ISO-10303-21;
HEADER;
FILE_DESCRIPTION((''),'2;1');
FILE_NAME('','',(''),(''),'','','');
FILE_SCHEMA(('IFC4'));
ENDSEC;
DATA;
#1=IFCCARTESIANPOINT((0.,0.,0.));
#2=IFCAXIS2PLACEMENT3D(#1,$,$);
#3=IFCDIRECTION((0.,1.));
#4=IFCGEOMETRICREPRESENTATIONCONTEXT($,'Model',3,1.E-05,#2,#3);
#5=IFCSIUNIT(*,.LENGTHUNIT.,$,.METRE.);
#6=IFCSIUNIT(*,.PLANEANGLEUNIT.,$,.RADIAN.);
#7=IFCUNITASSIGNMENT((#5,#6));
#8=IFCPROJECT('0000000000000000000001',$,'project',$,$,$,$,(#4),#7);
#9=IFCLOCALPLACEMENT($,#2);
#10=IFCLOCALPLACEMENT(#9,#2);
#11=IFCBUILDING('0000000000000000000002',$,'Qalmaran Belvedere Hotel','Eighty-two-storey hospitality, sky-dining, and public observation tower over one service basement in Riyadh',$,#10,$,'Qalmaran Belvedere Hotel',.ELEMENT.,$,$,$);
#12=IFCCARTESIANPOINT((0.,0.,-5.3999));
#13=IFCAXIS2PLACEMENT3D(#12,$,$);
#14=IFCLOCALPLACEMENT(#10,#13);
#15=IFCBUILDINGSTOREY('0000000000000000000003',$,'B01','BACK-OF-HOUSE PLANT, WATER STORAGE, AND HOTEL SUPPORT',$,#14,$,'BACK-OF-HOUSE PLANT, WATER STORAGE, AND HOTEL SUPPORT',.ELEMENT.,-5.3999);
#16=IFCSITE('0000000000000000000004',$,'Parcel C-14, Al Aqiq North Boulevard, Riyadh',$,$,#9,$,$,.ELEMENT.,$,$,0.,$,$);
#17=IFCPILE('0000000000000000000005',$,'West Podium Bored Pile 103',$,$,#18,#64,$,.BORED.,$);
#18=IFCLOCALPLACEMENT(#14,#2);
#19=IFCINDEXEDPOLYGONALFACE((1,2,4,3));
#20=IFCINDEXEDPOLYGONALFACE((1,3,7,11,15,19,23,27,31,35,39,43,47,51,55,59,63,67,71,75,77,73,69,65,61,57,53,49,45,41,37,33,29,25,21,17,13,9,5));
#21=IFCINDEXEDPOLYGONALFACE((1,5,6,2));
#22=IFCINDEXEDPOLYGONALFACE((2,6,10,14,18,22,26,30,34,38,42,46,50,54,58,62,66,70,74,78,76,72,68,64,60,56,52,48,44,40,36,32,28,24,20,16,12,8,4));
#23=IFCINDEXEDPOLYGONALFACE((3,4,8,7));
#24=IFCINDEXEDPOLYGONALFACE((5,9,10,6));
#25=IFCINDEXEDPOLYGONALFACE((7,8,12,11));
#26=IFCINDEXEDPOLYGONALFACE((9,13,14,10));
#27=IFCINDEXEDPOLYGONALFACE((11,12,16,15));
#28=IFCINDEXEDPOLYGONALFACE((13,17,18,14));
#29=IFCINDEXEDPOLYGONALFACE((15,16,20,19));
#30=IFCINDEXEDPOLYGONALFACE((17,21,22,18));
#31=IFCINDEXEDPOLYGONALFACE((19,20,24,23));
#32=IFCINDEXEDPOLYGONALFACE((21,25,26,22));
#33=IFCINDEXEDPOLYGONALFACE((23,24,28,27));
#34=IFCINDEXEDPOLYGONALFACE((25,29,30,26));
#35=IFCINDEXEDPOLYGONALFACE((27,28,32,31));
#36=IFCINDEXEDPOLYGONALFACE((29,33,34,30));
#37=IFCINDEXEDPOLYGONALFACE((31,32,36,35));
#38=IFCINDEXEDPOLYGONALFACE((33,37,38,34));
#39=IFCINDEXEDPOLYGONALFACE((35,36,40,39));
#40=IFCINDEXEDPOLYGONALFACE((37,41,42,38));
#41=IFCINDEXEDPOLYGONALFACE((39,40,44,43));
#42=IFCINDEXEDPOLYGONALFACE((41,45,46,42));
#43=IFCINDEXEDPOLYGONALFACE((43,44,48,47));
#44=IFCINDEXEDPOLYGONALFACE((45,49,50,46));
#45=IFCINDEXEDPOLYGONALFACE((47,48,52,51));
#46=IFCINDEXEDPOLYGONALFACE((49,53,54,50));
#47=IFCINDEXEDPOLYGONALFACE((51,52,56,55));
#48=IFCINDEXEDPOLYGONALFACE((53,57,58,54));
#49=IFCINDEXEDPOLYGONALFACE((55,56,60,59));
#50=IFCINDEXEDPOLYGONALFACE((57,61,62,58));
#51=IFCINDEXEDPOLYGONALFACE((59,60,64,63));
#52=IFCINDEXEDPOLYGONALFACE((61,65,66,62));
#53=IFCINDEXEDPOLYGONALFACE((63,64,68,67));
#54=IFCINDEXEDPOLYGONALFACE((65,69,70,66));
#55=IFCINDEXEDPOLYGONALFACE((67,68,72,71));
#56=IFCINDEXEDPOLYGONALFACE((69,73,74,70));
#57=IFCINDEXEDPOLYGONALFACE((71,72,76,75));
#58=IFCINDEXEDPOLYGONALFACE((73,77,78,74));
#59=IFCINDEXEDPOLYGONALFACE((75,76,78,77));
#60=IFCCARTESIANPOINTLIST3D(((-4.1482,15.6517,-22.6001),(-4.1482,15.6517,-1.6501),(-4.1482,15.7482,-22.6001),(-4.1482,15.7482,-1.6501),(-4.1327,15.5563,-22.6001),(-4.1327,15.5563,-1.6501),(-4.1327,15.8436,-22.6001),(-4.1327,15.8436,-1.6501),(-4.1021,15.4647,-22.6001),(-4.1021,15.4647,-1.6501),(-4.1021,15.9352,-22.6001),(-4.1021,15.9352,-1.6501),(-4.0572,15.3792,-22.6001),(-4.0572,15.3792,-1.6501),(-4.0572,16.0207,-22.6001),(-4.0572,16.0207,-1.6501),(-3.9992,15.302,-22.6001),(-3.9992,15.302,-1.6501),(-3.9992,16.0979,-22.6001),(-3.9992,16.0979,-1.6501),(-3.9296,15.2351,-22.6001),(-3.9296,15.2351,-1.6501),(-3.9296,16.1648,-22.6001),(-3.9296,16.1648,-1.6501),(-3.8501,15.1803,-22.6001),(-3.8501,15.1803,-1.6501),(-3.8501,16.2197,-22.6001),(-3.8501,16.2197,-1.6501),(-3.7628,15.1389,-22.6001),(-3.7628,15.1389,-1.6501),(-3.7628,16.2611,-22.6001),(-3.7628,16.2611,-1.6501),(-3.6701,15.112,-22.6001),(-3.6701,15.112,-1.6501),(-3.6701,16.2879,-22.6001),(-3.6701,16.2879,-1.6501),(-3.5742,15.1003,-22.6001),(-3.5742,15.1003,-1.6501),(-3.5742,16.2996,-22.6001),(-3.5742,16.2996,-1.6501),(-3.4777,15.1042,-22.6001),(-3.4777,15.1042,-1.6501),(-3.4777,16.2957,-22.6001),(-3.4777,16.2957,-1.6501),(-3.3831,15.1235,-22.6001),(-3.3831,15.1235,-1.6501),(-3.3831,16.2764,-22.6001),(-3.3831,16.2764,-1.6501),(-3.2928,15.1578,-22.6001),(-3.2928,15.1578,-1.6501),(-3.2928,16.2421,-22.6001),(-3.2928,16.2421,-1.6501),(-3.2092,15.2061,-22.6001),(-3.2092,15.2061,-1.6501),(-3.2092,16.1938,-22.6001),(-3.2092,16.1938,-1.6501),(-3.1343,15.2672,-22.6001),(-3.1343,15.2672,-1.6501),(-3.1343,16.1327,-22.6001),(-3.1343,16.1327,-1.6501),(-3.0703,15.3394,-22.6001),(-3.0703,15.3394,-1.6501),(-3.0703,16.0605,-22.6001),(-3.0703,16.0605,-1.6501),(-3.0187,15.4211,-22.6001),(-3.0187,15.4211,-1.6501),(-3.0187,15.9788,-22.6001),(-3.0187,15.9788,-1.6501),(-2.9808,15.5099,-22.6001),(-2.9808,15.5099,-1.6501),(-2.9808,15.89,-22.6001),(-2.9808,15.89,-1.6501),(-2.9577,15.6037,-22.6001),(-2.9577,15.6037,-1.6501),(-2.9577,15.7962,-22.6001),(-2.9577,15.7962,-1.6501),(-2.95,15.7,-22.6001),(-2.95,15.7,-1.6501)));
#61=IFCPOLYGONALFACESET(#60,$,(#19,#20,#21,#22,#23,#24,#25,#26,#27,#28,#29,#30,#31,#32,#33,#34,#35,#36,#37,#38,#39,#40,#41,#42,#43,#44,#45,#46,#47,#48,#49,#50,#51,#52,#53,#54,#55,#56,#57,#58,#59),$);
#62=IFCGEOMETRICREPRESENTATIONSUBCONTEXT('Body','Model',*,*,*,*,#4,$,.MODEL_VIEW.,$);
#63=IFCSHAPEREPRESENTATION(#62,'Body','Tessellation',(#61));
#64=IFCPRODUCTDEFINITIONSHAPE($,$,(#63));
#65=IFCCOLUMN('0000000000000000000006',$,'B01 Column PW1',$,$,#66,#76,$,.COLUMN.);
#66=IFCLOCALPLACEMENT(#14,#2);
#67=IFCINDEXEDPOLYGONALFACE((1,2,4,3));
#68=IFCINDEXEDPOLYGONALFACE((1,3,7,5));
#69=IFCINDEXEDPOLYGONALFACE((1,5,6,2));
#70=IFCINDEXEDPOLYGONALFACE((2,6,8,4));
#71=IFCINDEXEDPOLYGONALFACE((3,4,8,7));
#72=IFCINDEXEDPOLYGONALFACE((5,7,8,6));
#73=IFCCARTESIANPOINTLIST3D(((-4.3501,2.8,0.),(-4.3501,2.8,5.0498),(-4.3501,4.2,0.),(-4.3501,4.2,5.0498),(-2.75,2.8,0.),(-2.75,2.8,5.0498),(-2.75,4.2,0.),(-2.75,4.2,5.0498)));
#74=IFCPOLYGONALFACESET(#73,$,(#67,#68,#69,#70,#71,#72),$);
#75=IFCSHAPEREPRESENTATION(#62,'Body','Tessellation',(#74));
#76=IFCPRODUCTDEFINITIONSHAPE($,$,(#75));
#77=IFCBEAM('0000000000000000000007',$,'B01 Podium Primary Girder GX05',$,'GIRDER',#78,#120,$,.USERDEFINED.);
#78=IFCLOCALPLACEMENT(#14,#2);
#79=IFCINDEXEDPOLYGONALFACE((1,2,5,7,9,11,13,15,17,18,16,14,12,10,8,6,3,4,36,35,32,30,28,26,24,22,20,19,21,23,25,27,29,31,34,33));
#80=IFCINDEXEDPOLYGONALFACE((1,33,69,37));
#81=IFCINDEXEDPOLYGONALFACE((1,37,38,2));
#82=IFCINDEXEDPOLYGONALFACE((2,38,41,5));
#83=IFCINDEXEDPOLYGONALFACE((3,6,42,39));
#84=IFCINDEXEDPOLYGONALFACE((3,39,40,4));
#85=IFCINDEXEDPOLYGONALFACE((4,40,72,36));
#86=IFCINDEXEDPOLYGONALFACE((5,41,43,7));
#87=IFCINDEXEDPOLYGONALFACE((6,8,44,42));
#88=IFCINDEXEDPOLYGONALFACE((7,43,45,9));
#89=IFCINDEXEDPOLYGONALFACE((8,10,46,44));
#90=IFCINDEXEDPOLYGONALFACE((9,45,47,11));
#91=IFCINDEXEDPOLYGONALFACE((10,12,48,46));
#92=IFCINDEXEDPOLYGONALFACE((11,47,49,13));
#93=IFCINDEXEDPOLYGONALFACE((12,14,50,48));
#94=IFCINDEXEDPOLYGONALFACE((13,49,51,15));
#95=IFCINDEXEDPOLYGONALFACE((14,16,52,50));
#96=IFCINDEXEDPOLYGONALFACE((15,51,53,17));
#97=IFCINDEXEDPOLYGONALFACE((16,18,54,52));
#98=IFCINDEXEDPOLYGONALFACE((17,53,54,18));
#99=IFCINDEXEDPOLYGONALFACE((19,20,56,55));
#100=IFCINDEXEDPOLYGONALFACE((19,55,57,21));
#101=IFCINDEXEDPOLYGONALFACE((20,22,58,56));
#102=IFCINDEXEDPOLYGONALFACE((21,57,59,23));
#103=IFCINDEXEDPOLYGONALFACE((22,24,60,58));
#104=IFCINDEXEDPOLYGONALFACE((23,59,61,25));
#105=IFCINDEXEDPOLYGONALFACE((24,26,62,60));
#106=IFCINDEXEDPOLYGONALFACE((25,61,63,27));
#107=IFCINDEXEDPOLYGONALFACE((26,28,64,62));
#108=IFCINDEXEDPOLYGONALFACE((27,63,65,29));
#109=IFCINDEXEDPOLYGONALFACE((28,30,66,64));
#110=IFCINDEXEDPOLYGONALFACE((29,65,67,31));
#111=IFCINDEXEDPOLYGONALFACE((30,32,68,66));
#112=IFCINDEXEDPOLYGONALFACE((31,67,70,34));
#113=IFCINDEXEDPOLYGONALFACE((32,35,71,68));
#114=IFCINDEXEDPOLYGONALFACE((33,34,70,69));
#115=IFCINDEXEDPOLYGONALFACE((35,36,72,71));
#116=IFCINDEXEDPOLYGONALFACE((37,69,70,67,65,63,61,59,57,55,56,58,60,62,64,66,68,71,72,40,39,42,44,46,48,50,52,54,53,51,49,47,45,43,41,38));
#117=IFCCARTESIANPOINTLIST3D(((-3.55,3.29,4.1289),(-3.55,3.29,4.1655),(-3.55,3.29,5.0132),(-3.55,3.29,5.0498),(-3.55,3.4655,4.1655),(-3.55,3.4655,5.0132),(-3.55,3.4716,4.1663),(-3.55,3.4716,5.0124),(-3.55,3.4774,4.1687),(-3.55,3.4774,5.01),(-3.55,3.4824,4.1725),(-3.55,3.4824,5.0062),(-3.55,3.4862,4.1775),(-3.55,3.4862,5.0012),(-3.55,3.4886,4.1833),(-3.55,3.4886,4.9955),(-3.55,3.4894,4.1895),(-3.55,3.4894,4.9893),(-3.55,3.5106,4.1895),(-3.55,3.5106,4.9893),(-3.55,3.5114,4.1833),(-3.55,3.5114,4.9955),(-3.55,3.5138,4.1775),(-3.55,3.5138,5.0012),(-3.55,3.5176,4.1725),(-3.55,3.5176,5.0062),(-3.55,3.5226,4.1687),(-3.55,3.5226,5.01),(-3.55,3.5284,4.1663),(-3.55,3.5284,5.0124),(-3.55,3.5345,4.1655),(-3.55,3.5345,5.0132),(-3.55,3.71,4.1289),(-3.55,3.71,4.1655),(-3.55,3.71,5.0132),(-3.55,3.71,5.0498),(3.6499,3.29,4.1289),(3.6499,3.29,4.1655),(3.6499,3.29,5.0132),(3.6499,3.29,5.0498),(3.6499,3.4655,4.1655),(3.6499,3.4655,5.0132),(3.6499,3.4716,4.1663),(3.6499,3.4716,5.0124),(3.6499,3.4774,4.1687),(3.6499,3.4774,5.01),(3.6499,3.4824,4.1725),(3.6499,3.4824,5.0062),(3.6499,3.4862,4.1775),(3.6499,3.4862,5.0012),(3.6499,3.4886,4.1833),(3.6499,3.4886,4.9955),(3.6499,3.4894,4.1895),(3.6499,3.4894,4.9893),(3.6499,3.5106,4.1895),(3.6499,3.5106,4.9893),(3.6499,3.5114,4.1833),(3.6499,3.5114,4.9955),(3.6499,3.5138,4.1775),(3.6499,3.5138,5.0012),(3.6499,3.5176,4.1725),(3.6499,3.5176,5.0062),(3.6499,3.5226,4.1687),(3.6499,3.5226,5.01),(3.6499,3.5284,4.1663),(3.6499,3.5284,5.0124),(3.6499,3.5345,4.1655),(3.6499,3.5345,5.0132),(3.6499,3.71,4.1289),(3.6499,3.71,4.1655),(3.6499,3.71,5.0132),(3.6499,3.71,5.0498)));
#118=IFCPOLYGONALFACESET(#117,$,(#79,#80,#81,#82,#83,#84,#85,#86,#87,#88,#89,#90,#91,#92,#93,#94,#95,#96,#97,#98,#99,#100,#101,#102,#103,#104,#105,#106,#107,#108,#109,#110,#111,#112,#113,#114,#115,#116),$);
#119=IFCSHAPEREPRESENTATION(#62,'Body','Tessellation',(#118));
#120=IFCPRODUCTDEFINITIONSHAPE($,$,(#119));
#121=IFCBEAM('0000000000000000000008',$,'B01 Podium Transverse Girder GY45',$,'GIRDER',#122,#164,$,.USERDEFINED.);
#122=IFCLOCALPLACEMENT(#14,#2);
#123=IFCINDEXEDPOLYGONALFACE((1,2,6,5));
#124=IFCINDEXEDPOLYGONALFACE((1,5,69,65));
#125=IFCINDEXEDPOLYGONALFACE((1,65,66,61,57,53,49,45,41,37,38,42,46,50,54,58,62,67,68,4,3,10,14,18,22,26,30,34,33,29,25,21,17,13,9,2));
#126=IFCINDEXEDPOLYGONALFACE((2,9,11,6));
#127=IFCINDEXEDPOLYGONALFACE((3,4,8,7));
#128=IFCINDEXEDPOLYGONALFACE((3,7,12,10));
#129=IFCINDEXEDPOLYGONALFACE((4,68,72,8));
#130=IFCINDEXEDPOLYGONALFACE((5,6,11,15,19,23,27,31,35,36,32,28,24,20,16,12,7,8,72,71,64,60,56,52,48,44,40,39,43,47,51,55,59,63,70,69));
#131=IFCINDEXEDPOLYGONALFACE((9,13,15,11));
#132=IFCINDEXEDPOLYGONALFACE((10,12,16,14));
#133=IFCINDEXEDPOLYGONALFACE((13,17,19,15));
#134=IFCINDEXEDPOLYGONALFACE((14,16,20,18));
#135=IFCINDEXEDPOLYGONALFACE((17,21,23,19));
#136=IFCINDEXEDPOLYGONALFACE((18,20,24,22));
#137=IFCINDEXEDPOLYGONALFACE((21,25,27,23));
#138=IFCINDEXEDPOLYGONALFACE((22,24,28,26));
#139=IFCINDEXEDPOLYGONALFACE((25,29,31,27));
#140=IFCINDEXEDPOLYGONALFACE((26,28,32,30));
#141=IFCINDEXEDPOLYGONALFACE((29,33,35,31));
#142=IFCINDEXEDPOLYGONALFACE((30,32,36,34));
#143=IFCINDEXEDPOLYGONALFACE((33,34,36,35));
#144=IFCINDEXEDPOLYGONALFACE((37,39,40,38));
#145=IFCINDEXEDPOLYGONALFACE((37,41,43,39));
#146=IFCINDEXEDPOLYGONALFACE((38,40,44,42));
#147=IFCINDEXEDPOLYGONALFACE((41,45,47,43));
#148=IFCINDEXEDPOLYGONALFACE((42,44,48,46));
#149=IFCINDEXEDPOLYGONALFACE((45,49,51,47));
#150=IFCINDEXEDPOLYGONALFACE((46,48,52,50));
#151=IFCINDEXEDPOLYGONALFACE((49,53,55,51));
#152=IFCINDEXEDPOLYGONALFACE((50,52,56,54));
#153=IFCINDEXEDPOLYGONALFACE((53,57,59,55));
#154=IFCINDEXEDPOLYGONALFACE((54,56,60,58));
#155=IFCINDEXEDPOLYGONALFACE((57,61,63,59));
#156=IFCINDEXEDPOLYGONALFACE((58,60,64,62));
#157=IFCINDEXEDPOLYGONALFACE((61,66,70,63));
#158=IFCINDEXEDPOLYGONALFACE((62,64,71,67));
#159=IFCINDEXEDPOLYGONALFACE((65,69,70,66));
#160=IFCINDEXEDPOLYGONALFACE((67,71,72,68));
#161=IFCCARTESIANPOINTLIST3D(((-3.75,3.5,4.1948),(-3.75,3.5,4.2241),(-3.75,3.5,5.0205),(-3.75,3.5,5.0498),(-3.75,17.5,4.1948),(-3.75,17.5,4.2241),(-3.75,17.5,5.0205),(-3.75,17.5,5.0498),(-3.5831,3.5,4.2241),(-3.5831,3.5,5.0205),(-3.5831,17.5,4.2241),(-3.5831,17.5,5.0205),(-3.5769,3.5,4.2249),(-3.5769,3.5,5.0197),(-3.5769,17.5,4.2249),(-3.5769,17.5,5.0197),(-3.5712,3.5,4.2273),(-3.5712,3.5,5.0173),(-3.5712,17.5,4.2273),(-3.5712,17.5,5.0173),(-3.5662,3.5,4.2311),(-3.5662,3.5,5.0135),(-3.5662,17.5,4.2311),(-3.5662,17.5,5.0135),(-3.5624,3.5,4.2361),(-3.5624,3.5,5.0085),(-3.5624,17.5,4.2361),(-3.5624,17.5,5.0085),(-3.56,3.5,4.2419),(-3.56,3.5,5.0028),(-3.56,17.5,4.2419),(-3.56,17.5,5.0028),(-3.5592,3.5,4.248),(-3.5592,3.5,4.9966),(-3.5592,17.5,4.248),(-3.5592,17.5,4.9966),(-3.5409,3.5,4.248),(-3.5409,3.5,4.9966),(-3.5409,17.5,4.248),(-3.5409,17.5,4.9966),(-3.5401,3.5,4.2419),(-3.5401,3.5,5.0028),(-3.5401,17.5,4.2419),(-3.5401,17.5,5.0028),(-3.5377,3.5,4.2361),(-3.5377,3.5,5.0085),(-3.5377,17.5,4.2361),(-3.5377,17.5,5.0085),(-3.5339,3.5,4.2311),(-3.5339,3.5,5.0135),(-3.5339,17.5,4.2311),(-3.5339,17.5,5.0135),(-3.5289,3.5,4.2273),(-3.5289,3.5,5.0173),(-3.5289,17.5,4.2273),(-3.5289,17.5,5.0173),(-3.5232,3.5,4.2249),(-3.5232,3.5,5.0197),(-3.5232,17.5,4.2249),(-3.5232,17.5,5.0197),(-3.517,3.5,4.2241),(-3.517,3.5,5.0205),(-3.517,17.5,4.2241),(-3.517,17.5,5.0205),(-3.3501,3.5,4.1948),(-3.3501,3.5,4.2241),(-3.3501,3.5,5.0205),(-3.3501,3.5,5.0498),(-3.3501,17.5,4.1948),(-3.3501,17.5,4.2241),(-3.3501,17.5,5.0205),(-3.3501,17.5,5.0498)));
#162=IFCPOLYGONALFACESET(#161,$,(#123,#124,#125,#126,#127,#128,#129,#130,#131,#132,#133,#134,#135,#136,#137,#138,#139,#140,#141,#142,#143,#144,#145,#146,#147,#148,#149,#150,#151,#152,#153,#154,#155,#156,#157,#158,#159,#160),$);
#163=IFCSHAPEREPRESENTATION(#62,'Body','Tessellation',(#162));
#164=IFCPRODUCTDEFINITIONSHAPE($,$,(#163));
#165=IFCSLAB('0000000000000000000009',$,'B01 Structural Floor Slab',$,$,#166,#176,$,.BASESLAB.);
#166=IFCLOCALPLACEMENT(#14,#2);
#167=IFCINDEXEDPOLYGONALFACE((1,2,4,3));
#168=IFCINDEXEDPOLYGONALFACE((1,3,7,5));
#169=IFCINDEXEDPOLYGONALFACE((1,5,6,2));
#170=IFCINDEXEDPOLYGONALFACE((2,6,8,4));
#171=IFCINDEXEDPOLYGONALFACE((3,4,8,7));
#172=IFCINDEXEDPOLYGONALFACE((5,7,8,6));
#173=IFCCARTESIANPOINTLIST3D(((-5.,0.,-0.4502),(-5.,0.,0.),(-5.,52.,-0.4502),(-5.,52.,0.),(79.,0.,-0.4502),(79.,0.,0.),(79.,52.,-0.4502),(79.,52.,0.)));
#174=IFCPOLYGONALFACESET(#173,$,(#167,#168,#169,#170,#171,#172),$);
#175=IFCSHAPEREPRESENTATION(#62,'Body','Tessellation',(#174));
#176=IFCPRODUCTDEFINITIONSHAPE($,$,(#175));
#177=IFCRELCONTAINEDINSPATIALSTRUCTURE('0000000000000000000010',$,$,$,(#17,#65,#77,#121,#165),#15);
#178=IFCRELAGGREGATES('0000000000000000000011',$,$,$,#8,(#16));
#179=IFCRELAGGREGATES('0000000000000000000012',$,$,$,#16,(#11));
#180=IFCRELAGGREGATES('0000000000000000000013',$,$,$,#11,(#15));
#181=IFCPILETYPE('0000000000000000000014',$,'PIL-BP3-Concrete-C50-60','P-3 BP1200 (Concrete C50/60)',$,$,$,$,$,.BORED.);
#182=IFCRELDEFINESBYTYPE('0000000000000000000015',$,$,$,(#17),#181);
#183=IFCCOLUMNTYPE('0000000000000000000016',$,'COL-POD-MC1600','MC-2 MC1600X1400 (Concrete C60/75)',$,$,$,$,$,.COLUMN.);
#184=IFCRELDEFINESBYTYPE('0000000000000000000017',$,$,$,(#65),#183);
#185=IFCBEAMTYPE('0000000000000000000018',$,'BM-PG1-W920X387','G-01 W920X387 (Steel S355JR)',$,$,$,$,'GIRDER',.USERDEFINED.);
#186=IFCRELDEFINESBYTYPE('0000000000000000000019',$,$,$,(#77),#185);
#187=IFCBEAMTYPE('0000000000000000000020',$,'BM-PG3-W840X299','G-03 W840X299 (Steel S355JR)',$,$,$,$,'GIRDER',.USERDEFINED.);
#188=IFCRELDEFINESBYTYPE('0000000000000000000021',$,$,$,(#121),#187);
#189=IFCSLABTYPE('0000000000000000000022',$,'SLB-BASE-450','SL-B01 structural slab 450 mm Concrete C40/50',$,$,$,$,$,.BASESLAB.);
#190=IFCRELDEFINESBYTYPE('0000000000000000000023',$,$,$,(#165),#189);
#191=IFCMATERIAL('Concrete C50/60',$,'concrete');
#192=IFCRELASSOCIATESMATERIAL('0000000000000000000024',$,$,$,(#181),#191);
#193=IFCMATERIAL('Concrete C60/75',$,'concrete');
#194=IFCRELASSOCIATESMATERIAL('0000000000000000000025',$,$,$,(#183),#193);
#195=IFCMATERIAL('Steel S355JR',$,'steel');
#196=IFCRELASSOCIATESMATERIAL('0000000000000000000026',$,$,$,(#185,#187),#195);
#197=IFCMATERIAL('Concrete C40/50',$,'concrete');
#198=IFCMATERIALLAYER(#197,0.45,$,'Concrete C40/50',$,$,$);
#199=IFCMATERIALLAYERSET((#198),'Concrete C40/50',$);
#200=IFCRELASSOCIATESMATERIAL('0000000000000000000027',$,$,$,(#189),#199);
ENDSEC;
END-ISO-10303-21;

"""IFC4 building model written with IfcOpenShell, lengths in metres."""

from ifc_helpers import new_model, si_unit, direction, frame, origin, origin_2d, place, context, subcontext, project, spatial, polyline, rectangle, circle, i_section, outline, extrude, material, layer, layer_set, material_profile, profile_set, type_object, element, save


model = new_model("IFC4")

# Units and contexts
model_context = context("Model", 3, precision=1e-05, world=origin(), true_north=direction((0.0, 1.0)))
body_context = subcontext(model_context, "Body", "Model", "MODEL_VIEW")
ifc_project = project(units=[si_unit("LENGTHUNIT", "METRE"), si_unit("PLANEANGLEUNIT", "RADIAN")], contexts=[model_context])

# Site, building, storey
site_placement = place(None, origin())
site = spatial("IfcSite", under=ifc_project, at=site_placement, Name="Parcel C-14, Al Aqiq North Boulevard, Riyadh", CompositionType="ELEMENT", RefElevation=0.0)
building_placement = place(site_placement, origin())
building = spatial("IfcBuilding", under=site, at=building_placement, Name="Qalmaran Belvedere Hotel", Description="Eighty-two-storey hospitality, sky-dining, and public observation tower over one service basement in Riyadh", LongName="Qalmaran Belvedere Hotel", CompositionType="ELEMENT")
storey_placement = place(building_placement, frame((0.0, 0.0, -5.3999)))
storey = spatial("IfcBuildingStorey", under=building, at=storey_placement, Name="B01", Description="BACK-OF-HOUSE PLANT, WATER STORAGE, AND HOTEL SUPPORT", LongName="BACK-OF-HOUSE PLANT, WATER STORAGE, AND HOTEL SUPPORT", CompositionType="ELEMENT", Elevation=-5.3999)

# Shared definitions
ifc_material_1 = material(Name="Concrete C50/60", Category="concrete")

# Pile
ifc_material_profile_1 = material_profile(ifc_material_1, circle(Radius=0.6001, at=origin_2d()), Name="BP1200")
ifc_profile_set_1 = profile_set([ifc_material_profile_1], Name="Concrete C50/60")
pile_type = type_object("IfcPileType", Name="PIL-BP3-Concrete-C50-60", Description="P-3 BP1200 (Concrete C50/60)", PredefinedType="BORED", material=ifc_profile_set_1)
for number, where, z_axis, x_axis, name in (
    (1, (-3.55, 15.7, -1.6501), (0.0, 0.0, -1.0), (1.0, 0.0, 0.0), "West Podium Bored Pile 103"),
):
    element("IfcPile", number, at=place(storey_placement, frame(where, z_axis=z_axis, x_axis=x_axis)), inside=storey, type_object=pile_type, Name=name, PredefinedType="BORED", context=body_context, shape_type="SweptSolid", body=[
        extrude(circle(Radius=0.6001, at=origin_2d()), origin(), (0.0, 0.0, 1.0), 20.95),
    ])

# Column
ifc_material_2 = material(Name="Concrete C60/75", Category="concrete")
ifc_material_profile_2 = material_profile(ifc_material_2, rectangle(XDim=1.6001, YDim=1.3999, at=origin_2d()), Name="MC1600X1400")
ifc_profile_set_2 = profile_set([ifc_material_profile_2], Name="Concrete C60/75")
column_type = type_object("IfcColumnType", Name="COL-POD-MC1600", Description="MC-2 MC1600X1400 (Concrete C60/75)", PredefinedType="COLUMN", material=ifc_profile_set_2)
column_placement = place(storey_placement, frame((-3.55, 3.5, 0.0), z_axis=(0.0, 0.0, 1.0), x_axis=(1.0, 0.0, 0.0)))
element("IfcColumn", 2, at=column_placement, inside=storey, type_object=column_type, Name="B01 Column PW1", PredefinedType="COLUMN", context=body_context, shape_type="SweptSolid", body=[
    extrude(rectangle(XDim=1.6001, YDim=1.3999, at=origin_2d()), origin(), (0.0, 0.0, 1.0), 5.0498),
])

# Beams
ifc_material_3 = material(Name="Steel S355JR", Category="steel")
ifc_material_profile_3 = material_profile(ifc_material_3, i_section(OverallWidth=0.4199, OverallDepth=0.9209, WebThickness=0.0212, FlangeThickness=0.0366, FilletRadius=0.0239, at=origin_2d()), Name="W920X387")
ifc_profile_set_3 = profile_set([ifc_material_profile_3], Name="Steel S355JR")
beam_type_1 = type_object("IfcBeamType", Name="BM-PG1-W920X387", Description="G-01 W920X387 (Steel S355JR)", ElementType="GIRDER", PredefinedType="USERDEFINED", material=ifc_profile_set_3)
beam_1_placement = place(storey_placement, frame((-3.55, 3.5, 4.5894), z_axis=(1.0, 0.0, 0.0), x_axis=(0.0, 1.0, 0.0)))
element("IfcBeam", 3, at=beam_1_placement, inside=storey, type_object=beam_type_1, Name="B01 Podium Primary Girder GX05", ObjectType="GIRDER", PredefinedType="USERDEFINED", context=body_context, shape_type="SweptSolid", body=[
    extrude(i_section(OverallWidth=0.4199, OverallDepth=0.9209, WebThickness=0.0212, FlangeThickness=0.0366, FilletRadius=0.0239, at=origin_2d()), origin(), (0.0, 0.0, 1.0), 7.2),
])
ifc_material_profile_4 = material_profile(ifc_material_3, i_section(OverallWidth=0.3999, OverallDepth=0.855, WebThickness=0.0183, FlangeThickness=0.0293, FilletRadius=0.0239, at=origin_2d()), Name="W840X299")
ifc_profile_set_4 = profile_set([ifc_material_profile_4], Name="Steel S355JR")
beam_type_2 = type_object("IfcBeamType", Name="BM-PG3-W840X299", Description="G-03 W840X299 (Steel S355JR)", ElementType="GIRDER", PredefinedType="USERDEFINED", material=ifc_profile_set_4)
beam_2_placement = place(storey_placement, frame((-3.55, 3.5, 4.6223), z_axis=(0.0, 1.0, 0.0), x_axis=(-1.0, 0.0, 0.0)))
element("IfcBeam", 4, at=beam_2_placement, inside=storey, type_object=beam_type_2, Name="B01 Podium Transverse Girder GY45", ObjectType="GIRDER", PredefinedType="USERDEFINED", context=body_context, shape_type="SweptSolid", body=[
    extrude(i_section(OverallWidth=0.3999, OverallDepth=0.855, WebThickness=0.0183, FlangeThickness=0.0293, FilletRadius=0.0239, at=origin_2d()), origin(), (0.0, 0.0, 1.0), 14.0),
])

# Slab
ifc_material_4 = material(Name="Concrete C40/50", Category="concrete")
ifc_layer_1 = layer(ifc_material_4, 0.45, Name="Concrete C40/50")
ifc_layer_set_1 = layer_set([ifc_layer_1], Name="Concrete C40/50")
slab_type = type_object("IfcSlabType", Name="SLB-BASE-450", Description="SL-B01 structural slab 450 mm Concrete C40/50", PredefinedType="BASESLAB", material=ifc_layer_set_1)
slab_placement = place(storey_placement, frame((0.0, 0.0, -0.4502)))
element("IfcSlab", 5, at=slab_placement, inside=storey, type_object=slab_type, Name="B01 Structural Floor Slab", PredefinedType="BASESLAB", context=body_context, shape_type="SweptSolid", body=[
    extrude(outline(polyline([(-5.0, 0.0), (79.0, 0.0), (79.0, 52.0), (-5.0, 52.0), (-5.0, 0.0)])), origin(), (0.0, 0.0, 1.0), 0.4502),
])

save(model, "model.ifc")
